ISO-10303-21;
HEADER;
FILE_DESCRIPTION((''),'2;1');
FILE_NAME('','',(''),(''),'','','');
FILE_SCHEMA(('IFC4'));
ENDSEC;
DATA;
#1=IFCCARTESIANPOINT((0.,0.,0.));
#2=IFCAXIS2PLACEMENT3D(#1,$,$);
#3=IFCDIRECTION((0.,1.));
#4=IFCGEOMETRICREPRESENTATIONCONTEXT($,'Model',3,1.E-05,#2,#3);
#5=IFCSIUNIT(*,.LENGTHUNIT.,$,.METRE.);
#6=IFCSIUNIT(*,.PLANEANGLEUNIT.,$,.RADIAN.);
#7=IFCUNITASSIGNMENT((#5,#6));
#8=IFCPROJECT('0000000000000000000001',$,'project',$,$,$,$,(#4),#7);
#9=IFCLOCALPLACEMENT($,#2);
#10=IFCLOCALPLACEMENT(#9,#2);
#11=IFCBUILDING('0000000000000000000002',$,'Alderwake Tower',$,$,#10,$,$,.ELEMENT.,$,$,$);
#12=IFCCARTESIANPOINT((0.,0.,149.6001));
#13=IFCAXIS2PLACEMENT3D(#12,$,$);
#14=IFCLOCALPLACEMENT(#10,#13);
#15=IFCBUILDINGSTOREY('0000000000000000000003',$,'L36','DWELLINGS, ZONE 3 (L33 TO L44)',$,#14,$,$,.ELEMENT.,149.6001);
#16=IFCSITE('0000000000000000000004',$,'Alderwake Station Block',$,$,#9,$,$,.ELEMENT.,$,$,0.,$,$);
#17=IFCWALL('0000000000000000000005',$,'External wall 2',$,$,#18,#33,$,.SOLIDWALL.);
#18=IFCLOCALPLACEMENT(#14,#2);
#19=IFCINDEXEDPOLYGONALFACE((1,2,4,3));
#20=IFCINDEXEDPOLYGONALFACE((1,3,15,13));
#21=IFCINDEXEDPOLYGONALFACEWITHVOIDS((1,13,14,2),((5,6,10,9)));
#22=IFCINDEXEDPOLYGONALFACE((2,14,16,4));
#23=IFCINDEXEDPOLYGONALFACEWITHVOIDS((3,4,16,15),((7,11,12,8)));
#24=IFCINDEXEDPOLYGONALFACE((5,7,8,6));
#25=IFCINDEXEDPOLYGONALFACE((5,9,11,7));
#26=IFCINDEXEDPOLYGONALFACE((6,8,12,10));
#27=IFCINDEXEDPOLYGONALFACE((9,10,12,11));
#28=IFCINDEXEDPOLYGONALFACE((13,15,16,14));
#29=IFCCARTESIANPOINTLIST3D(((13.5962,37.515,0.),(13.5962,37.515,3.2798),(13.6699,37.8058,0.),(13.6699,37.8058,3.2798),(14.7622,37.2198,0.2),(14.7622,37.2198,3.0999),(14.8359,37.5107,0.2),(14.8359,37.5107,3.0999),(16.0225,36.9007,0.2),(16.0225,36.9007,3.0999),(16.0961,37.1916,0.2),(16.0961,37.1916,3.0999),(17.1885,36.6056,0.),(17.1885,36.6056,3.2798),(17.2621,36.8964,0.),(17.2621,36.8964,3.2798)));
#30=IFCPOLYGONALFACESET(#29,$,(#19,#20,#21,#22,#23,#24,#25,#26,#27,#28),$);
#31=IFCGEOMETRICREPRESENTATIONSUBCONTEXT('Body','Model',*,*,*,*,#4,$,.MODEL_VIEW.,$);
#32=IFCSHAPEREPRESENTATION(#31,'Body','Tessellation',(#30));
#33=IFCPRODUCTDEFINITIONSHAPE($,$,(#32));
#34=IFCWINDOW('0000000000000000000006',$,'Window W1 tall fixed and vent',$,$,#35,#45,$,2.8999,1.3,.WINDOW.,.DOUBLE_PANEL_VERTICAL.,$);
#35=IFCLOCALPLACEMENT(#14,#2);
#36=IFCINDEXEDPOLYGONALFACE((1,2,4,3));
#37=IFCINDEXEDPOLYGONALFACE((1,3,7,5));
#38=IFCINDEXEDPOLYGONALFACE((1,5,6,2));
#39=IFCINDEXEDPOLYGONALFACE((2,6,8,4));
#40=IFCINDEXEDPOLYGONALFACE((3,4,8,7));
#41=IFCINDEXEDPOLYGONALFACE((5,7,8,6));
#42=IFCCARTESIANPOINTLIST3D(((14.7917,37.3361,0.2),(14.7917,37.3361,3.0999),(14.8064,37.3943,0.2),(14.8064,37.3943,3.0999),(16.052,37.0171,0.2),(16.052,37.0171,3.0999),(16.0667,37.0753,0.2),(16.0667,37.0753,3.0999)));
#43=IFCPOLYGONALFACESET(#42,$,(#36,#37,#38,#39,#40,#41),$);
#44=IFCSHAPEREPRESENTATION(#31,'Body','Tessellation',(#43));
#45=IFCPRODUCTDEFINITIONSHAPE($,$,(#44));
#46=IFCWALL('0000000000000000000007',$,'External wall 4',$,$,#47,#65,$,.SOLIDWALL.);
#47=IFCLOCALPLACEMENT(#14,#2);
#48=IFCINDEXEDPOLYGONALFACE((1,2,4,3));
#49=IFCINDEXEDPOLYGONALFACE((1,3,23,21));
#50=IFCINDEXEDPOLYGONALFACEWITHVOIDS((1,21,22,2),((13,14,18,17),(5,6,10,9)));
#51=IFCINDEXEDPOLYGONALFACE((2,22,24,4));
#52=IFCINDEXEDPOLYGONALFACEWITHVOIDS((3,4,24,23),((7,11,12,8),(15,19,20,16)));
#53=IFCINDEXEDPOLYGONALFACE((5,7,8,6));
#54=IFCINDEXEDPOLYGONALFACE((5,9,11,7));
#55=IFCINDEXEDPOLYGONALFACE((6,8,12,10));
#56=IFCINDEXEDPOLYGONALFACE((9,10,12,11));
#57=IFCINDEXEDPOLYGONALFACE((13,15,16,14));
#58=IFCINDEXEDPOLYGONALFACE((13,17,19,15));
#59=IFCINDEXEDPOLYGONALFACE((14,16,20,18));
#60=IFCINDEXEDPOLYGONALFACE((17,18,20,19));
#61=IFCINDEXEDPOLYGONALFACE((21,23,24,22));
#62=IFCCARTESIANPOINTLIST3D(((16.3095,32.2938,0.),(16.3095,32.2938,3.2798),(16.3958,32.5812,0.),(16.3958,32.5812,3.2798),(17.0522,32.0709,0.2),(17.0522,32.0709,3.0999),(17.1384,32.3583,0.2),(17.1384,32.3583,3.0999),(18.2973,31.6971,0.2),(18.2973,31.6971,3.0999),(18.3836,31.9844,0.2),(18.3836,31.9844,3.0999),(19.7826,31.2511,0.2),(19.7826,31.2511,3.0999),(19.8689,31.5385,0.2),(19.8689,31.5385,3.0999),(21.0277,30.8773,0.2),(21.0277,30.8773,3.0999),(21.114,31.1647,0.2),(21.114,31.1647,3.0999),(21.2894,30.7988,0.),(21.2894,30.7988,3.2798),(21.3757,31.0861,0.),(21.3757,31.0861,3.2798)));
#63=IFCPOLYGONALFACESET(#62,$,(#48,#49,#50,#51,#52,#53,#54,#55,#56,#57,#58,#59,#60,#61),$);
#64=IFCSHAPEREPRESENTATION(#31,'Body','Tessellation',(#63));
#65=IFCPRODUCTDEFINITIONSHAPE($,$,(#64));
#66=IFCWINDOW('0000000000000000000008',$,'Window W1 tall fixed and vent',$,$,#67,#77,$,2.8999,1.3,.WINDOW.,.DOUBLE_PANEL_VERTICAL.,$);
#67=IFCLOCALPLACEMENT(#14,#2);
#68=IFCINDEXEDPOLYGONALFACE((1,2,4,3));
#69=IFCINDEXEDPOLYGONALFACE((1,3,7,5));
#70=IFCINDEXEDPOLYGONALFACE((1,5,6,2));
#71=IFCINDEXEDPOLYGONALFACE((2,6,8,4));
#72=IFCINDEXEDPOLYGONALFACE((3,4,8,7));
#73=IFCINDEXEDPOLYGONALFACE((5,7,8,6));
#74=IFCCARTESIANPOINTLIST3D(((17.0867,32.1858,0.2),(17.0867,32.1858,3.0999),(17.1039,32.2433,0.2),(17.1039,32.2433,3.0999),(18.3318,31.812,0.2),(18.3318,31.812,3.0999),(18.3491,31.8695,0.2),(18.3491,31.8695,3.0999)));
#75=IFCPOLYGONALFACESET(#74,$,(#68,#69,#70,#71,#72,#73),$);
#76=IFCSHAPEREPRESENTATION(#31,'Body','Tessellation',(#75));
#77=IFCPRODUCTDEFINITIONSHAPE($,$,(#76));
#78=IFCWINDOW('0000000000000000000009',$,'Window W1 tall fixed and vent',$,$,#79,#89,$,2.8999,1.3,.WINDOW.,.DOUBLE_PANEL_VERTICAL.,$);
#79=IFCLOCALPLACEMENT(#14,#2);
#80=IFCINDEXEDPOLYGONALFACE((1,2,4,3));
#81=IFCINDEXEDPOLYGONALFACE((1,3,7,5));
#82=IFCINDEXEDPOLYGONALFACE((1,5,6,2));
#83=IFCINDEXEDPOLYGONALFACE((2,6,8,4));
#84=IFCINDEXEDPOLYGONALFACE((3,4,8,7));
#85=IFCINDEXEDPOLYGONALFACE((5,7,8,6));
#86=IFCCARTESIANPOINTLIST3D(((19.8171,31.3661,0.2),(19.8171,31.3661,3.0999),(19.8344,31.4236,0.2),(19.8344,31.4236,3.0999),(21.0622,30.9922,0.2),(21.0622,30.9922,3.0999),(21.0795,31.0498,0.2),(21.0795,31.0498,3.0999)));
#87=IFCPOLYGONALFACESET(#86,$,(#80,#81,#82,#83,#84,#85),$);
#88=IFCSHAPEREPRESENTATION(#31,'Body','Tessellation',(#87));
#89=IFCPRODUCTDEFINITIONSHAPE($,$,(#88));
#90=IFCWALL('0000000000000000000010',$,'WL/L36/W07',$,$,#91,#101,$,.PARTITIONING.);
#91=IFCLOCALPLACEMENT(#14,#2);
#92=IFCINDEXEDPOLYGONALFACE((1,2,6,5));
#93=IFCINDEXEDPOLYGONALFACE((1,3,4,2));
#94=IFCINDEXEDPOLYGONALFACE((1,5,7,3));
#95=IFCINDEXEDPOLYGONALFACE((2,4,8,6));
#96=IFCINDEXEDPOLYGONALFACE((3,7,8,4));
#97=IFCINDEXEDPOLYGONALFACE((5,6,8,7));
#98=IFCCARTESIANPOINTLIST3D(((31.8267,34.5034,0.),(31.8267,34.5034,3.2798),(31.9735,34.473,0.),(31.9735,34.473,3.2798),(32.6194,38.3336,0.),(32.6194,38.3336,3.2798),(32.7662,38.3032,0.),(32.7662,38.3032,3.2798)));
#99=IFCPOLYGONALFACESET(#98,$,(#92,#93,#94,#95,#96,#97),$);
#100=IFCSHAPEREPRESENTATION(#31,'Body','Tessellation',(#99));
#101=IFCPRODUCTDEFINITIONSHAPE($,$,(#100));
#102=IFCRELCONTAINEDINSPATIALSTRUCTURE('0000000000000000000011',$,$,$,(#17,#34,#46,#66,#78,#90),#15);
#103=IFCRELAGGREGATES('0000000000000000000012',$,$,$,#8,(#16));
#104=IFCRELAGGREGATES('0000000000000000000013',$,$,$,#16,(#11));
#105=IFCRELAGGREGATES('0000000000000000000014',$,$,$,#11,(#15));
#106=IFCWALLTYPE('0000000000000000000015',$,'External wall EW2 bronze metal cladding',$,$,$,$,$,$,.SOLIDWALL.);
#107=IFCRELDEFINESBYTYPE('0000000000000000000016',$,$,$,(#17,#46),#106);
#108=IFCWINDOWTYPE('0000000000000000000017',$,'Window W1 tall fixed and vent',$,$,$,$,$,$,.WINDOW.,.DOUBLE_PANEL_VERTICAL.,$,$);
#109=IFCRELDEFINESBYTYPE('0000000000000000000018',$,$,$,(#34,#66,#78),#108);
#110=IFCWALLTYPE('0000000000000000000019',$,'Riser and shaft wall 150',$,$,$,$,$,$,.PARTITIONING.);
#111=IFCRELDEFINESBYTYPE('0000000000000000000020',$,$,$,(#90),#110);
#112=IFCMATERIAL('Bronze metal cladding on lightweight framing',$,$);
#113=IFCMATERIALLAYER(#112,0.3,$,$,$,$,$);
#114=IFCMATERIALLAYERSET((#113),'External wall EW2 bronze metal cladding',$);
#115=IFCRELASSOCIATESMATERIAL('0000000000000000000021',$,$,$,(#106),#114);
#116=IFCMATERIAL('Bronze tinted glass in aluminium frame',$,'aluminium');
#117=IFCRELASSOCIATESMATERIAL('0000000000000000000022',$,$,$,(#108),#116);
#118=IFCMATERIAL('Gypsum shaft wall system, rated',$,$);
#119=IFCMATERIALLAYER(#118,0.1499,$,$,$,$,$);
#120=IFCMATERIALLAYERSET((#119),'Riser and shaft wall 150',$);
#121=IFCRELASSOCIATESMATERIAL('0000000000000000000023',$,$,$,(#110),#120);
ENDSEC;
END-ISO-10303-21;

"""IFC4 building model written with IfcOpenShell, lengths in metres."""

from ifc_helpers import new_model, si_unit, direction, frame, frame_2d, origin, place, context, subcontext, project, spatial, rectangle, extrude, material, layer, layer_set, type_object, element, fill, save


model = new_model("IFC4")

# Units and contexts
model_context = context("Model", 3, precision=1e-05, world=origin(), true_north=direction((0.0, 1.0)))
body_context = subcontext(model_context, "Body", "Model", "MODEL_VIEW")
ifc_project = project(units=[si_unit("LENGTHUNIT", "METRE"), si_unit("PLANEANGLEUNIT", "RADIAN")], contexts=[model_context])

# Site, building, storey
site_placement = place(None, origin())
site = spatial("IfcSite", under=ifc_project, at=site_placement, Name="Alderwake Station Block", CompositionType="ELEMENT", RefElevation=0.0)
building_placement = place(site_placement, origin())
building = spatial("IfcBuilding", under=site, at=building_placement, Name="Alderwake Tower", CompositionType="ELEMENT")
storey_placement = place(building_placement, frame((0.0, 0.0, 149.6001)))
storey = spatial("IfcBuildingStorey", under=building, at=storey_placement, Name="L36", Description="DWELLINGS, ZONE 3 (L33 TO L44)", CompositionType="ELEMENT", Elevation=149.6001)

# Wall, opening, window
ifc_material_1 = material(Name="Bronze metal cladding on lightweight framing")
ifc_layer_1 = layer(ifc_material_1, 0.3)
ifc_layer_set_1 = layer_set([ifc_layer_1], Name="External wall EW2 bronze metal cladding")
wall_type_1 = type_object("IfcWallType", Name="External wall EW2 bronze metal cladding", PredefinedType="SOLIDWALL", material=ifc_layer_set_1)
wall_1_placement = place(storey_placement, frame((13.6331, 37.6604, 0.0), z_axis=(0.0, 0.0, 1.0), x_axis=(0.969417, -0.245418, 0.0)))
wall_1 = element("IfcWall", 1, at=wall_1_placement, inside=storey, type_object=wall_type_1, Name="External wall 2", PredefinedType="SOLIDWALL", context=body_context, shape_type="SweptSolid", body=[
    extrude(rectangle(XDim=3.7056, YDim=0.3, at=frame_2d((1.8528, 0.0))), origin(), (0.0, 0.0, 1.0), 3.2798),
])
opening_1_placement = place(wall_1_placement, frame((1.2029, 0.0, 0.2)))
opening_1 = element("IfcOpeningElement", 2, at=opening_1_placement, cuts=wall_1, PredefinedType="OPENING", context=body_context, shape_type="SweptSolid", body=[
    extrude(rectangle(XDim=1.3, YDim=2.8999, at=frame_2d((0.6499, 1.45))), frame((0.0, 0.1599, 0.0), z_axis=(0.0, -1.0, 0.0), x_axis=(1.0, 0.0, 0.0)), (0.0, 0.0, 1.0), 0.3201),
])
ifc_material_2 = material(Name="Bronze tinted glass in aluminium frame", Category="aluminium")
window_type = type_object("IfcWindowType", Name="Window W1 tall fixed and vent", PartitioningType="DOUBLE_PANEL_VERTICAL", PredefinedType="WINDOW", material=ifc_material_2)
window_1_placement = place(opening_1_placement, origin())
window_1 = element("IfcWindow", 3, at=window_1_placement, inside=storey, type_object=window_type, Name="Window W1 tall fixed and vent", OverallHeight=2.8999, OverallWidth=1.3, PartitioningType="DOUBLE_PANEL_VERTICAL", PredefinedType="WINDOW", context=body_context, shape_type="SweptSolid", body=[
    extrude(rectangle(XDim=1.3, YDim=2.8999, at=frame_2d((0.6499, 1.45))), frame((0.0, 0.03, 0.0), z_axis=(0.0, -1.0, 0.0), x_axis=(1.0, 0.0, 0.0)), (0.0, 0.0, 1.0), 0.0601),
])
fill(opening_1, window_1)

# Wall, openings, windows
wall_2_placement = place(storey_placement, frame((16.3528, 32.4375, 0.0), z_axis=(0.0, 0.0, 1.0), x_axis=(0.957767, -0.287546, 0.0)))
wall_2 = element("IfcWall", 4, at=wall_2_placement, inside=storey, type_object=wall_type_1, Name="External wall 4", PredefinedType="SOLIDWALL", context=body_context, shape_type="SweptSolid", body=[
    extrude(rectangle(XDim=5.1995, YDim=0.3, at=frame_2d((2.5996, 0.0))), origin(), (0.0, 0.0, 1.0), 3.2798),
])
opening_2_placement = place(wall_2_placement, frame((0.7754, 0.0, 0.2)))
opening_2 = element("IfcOpeningElement", 5, at=opening_2_placement, cuts=wall_2, PredefinedType="OPENING", context=body_context, shape_type="SweptSolid", body=[
    extrude(rectangle(XDim=1.3, YDim=2.8999, at=frame_2d((0.6499, 1.45))), frame((0.0, 0.1599, 0.0), z_axis=(0.0, -1.0, 0.0), x_axis=(1.0, 0.0, 0.0)), (0.0, 0.0, 1.0), 0.3201),
])
opening_3_placement = place(wall_2_placement, frame((3.6262, 0.0, 0.2)))
opening_3 = element("IfcOpeningElement", 6, at=opening_3_placement, cuts=wall_2, PredefinedType="OPENING", context=body_context, shape_type="SweptSolid", body=[
    extrude(rectangle(XDim=1.3, YDim=2.8999, at=frame_2d((0.6499, 1.45))), frame((0.0, 0.1599, 0.0), z_axis=(0.0, -1.0, 0.0), x_axis=(1.0, 0.0, 0.0)), (0.0, 0.0, 1.0), 0.3201),
])
window_2_placement = place(opening_2_placement, origin())
window_2 = element("IfcWindow", 7, at=window_2_placement, inside=storey, type_object=window_type, Name="Window W1 tall fixed and vent", OverallHeight=2.8999, OverallWidth=1.3, PartitioningType="DOUBLE_PANEL_VERTICAL", PredefinedType="WINDOW", context=body_context, shape_type="SweptSolid", body=[
    extrude(rectangle(XDim=1.3, YDim=2.8999, at=frame_2d((0.6499, 1.45))), frame((0.0, 0.03, 0.0), z_axis=(0.0, -1.0, 0.0), x_axis=(1.0, 0.0, 0.0)), (0.0, 0.0, 1.0), 0.0601),
])
fill(opening_2, window_2)
window_3_placement = place(opening_3_placement, origin())
window_3 = element("IfcWindow", 8, at=window_3_placement, inside=storey, type_object=window_type, Name="Window W1 tall fixed and vent", OverallHeight=2.8999, OverallWidth=1.3, PartitioningType="DOUBLE_PANEL_VERTICAL", PredefinedType="WINDOW", context=body_context, shape_type="SweptSolid", body=[
    extrude(rectangle(XDim=1.3, YDim=2.8999, at=frame_2d((0.6499, 1.45))), frame((0.0, 0.03, 0.0), z_axis=(0.0, -1.0, 0.0), x_axis=(1.0, 0.0, 0.0)), (0.0, 0.0, 1.0), 0.0601),
])
fill(opening_3, window_3)

# Wall
ifc_material_3 = material(Name="Gypsum shaft wall system, rated")
ifc_layer_2 = layer(ifc_material_3, 0.1499)
ifc_layer_set_2 = layer_set([ifc_layer_2], Name="Riser and shaft wall 150")
wall_type_2 = type_object("IfcWallType", Name="Riser and shaft wall 150", PredefinedType="PARTITIONING", material=ifc_layer_set_2)
wall_3_placement = place(storey_placement, frame((31.9001, 34.4883, 0.0), z_axis=(0.0, 0.0, 1.0), x_axis=(0.202665, 0.979248, 0.0)))
element("IfcWall", 9, at=wall_3_placement, inside=storey, type_object=wall_type_2, Name="WL/L36/W07", PredefinedType="PARTITIONING", context=body_context, shape_type="SweptSolid", body=[
    extrude(rectangle(XDim=3.9114, YDim=0.1499, at=frame_2d((1.9556, 0.0))), origin(), (0.0, 0.0, 1.0), 3.2798),
])

save(model, "model.ifc")
